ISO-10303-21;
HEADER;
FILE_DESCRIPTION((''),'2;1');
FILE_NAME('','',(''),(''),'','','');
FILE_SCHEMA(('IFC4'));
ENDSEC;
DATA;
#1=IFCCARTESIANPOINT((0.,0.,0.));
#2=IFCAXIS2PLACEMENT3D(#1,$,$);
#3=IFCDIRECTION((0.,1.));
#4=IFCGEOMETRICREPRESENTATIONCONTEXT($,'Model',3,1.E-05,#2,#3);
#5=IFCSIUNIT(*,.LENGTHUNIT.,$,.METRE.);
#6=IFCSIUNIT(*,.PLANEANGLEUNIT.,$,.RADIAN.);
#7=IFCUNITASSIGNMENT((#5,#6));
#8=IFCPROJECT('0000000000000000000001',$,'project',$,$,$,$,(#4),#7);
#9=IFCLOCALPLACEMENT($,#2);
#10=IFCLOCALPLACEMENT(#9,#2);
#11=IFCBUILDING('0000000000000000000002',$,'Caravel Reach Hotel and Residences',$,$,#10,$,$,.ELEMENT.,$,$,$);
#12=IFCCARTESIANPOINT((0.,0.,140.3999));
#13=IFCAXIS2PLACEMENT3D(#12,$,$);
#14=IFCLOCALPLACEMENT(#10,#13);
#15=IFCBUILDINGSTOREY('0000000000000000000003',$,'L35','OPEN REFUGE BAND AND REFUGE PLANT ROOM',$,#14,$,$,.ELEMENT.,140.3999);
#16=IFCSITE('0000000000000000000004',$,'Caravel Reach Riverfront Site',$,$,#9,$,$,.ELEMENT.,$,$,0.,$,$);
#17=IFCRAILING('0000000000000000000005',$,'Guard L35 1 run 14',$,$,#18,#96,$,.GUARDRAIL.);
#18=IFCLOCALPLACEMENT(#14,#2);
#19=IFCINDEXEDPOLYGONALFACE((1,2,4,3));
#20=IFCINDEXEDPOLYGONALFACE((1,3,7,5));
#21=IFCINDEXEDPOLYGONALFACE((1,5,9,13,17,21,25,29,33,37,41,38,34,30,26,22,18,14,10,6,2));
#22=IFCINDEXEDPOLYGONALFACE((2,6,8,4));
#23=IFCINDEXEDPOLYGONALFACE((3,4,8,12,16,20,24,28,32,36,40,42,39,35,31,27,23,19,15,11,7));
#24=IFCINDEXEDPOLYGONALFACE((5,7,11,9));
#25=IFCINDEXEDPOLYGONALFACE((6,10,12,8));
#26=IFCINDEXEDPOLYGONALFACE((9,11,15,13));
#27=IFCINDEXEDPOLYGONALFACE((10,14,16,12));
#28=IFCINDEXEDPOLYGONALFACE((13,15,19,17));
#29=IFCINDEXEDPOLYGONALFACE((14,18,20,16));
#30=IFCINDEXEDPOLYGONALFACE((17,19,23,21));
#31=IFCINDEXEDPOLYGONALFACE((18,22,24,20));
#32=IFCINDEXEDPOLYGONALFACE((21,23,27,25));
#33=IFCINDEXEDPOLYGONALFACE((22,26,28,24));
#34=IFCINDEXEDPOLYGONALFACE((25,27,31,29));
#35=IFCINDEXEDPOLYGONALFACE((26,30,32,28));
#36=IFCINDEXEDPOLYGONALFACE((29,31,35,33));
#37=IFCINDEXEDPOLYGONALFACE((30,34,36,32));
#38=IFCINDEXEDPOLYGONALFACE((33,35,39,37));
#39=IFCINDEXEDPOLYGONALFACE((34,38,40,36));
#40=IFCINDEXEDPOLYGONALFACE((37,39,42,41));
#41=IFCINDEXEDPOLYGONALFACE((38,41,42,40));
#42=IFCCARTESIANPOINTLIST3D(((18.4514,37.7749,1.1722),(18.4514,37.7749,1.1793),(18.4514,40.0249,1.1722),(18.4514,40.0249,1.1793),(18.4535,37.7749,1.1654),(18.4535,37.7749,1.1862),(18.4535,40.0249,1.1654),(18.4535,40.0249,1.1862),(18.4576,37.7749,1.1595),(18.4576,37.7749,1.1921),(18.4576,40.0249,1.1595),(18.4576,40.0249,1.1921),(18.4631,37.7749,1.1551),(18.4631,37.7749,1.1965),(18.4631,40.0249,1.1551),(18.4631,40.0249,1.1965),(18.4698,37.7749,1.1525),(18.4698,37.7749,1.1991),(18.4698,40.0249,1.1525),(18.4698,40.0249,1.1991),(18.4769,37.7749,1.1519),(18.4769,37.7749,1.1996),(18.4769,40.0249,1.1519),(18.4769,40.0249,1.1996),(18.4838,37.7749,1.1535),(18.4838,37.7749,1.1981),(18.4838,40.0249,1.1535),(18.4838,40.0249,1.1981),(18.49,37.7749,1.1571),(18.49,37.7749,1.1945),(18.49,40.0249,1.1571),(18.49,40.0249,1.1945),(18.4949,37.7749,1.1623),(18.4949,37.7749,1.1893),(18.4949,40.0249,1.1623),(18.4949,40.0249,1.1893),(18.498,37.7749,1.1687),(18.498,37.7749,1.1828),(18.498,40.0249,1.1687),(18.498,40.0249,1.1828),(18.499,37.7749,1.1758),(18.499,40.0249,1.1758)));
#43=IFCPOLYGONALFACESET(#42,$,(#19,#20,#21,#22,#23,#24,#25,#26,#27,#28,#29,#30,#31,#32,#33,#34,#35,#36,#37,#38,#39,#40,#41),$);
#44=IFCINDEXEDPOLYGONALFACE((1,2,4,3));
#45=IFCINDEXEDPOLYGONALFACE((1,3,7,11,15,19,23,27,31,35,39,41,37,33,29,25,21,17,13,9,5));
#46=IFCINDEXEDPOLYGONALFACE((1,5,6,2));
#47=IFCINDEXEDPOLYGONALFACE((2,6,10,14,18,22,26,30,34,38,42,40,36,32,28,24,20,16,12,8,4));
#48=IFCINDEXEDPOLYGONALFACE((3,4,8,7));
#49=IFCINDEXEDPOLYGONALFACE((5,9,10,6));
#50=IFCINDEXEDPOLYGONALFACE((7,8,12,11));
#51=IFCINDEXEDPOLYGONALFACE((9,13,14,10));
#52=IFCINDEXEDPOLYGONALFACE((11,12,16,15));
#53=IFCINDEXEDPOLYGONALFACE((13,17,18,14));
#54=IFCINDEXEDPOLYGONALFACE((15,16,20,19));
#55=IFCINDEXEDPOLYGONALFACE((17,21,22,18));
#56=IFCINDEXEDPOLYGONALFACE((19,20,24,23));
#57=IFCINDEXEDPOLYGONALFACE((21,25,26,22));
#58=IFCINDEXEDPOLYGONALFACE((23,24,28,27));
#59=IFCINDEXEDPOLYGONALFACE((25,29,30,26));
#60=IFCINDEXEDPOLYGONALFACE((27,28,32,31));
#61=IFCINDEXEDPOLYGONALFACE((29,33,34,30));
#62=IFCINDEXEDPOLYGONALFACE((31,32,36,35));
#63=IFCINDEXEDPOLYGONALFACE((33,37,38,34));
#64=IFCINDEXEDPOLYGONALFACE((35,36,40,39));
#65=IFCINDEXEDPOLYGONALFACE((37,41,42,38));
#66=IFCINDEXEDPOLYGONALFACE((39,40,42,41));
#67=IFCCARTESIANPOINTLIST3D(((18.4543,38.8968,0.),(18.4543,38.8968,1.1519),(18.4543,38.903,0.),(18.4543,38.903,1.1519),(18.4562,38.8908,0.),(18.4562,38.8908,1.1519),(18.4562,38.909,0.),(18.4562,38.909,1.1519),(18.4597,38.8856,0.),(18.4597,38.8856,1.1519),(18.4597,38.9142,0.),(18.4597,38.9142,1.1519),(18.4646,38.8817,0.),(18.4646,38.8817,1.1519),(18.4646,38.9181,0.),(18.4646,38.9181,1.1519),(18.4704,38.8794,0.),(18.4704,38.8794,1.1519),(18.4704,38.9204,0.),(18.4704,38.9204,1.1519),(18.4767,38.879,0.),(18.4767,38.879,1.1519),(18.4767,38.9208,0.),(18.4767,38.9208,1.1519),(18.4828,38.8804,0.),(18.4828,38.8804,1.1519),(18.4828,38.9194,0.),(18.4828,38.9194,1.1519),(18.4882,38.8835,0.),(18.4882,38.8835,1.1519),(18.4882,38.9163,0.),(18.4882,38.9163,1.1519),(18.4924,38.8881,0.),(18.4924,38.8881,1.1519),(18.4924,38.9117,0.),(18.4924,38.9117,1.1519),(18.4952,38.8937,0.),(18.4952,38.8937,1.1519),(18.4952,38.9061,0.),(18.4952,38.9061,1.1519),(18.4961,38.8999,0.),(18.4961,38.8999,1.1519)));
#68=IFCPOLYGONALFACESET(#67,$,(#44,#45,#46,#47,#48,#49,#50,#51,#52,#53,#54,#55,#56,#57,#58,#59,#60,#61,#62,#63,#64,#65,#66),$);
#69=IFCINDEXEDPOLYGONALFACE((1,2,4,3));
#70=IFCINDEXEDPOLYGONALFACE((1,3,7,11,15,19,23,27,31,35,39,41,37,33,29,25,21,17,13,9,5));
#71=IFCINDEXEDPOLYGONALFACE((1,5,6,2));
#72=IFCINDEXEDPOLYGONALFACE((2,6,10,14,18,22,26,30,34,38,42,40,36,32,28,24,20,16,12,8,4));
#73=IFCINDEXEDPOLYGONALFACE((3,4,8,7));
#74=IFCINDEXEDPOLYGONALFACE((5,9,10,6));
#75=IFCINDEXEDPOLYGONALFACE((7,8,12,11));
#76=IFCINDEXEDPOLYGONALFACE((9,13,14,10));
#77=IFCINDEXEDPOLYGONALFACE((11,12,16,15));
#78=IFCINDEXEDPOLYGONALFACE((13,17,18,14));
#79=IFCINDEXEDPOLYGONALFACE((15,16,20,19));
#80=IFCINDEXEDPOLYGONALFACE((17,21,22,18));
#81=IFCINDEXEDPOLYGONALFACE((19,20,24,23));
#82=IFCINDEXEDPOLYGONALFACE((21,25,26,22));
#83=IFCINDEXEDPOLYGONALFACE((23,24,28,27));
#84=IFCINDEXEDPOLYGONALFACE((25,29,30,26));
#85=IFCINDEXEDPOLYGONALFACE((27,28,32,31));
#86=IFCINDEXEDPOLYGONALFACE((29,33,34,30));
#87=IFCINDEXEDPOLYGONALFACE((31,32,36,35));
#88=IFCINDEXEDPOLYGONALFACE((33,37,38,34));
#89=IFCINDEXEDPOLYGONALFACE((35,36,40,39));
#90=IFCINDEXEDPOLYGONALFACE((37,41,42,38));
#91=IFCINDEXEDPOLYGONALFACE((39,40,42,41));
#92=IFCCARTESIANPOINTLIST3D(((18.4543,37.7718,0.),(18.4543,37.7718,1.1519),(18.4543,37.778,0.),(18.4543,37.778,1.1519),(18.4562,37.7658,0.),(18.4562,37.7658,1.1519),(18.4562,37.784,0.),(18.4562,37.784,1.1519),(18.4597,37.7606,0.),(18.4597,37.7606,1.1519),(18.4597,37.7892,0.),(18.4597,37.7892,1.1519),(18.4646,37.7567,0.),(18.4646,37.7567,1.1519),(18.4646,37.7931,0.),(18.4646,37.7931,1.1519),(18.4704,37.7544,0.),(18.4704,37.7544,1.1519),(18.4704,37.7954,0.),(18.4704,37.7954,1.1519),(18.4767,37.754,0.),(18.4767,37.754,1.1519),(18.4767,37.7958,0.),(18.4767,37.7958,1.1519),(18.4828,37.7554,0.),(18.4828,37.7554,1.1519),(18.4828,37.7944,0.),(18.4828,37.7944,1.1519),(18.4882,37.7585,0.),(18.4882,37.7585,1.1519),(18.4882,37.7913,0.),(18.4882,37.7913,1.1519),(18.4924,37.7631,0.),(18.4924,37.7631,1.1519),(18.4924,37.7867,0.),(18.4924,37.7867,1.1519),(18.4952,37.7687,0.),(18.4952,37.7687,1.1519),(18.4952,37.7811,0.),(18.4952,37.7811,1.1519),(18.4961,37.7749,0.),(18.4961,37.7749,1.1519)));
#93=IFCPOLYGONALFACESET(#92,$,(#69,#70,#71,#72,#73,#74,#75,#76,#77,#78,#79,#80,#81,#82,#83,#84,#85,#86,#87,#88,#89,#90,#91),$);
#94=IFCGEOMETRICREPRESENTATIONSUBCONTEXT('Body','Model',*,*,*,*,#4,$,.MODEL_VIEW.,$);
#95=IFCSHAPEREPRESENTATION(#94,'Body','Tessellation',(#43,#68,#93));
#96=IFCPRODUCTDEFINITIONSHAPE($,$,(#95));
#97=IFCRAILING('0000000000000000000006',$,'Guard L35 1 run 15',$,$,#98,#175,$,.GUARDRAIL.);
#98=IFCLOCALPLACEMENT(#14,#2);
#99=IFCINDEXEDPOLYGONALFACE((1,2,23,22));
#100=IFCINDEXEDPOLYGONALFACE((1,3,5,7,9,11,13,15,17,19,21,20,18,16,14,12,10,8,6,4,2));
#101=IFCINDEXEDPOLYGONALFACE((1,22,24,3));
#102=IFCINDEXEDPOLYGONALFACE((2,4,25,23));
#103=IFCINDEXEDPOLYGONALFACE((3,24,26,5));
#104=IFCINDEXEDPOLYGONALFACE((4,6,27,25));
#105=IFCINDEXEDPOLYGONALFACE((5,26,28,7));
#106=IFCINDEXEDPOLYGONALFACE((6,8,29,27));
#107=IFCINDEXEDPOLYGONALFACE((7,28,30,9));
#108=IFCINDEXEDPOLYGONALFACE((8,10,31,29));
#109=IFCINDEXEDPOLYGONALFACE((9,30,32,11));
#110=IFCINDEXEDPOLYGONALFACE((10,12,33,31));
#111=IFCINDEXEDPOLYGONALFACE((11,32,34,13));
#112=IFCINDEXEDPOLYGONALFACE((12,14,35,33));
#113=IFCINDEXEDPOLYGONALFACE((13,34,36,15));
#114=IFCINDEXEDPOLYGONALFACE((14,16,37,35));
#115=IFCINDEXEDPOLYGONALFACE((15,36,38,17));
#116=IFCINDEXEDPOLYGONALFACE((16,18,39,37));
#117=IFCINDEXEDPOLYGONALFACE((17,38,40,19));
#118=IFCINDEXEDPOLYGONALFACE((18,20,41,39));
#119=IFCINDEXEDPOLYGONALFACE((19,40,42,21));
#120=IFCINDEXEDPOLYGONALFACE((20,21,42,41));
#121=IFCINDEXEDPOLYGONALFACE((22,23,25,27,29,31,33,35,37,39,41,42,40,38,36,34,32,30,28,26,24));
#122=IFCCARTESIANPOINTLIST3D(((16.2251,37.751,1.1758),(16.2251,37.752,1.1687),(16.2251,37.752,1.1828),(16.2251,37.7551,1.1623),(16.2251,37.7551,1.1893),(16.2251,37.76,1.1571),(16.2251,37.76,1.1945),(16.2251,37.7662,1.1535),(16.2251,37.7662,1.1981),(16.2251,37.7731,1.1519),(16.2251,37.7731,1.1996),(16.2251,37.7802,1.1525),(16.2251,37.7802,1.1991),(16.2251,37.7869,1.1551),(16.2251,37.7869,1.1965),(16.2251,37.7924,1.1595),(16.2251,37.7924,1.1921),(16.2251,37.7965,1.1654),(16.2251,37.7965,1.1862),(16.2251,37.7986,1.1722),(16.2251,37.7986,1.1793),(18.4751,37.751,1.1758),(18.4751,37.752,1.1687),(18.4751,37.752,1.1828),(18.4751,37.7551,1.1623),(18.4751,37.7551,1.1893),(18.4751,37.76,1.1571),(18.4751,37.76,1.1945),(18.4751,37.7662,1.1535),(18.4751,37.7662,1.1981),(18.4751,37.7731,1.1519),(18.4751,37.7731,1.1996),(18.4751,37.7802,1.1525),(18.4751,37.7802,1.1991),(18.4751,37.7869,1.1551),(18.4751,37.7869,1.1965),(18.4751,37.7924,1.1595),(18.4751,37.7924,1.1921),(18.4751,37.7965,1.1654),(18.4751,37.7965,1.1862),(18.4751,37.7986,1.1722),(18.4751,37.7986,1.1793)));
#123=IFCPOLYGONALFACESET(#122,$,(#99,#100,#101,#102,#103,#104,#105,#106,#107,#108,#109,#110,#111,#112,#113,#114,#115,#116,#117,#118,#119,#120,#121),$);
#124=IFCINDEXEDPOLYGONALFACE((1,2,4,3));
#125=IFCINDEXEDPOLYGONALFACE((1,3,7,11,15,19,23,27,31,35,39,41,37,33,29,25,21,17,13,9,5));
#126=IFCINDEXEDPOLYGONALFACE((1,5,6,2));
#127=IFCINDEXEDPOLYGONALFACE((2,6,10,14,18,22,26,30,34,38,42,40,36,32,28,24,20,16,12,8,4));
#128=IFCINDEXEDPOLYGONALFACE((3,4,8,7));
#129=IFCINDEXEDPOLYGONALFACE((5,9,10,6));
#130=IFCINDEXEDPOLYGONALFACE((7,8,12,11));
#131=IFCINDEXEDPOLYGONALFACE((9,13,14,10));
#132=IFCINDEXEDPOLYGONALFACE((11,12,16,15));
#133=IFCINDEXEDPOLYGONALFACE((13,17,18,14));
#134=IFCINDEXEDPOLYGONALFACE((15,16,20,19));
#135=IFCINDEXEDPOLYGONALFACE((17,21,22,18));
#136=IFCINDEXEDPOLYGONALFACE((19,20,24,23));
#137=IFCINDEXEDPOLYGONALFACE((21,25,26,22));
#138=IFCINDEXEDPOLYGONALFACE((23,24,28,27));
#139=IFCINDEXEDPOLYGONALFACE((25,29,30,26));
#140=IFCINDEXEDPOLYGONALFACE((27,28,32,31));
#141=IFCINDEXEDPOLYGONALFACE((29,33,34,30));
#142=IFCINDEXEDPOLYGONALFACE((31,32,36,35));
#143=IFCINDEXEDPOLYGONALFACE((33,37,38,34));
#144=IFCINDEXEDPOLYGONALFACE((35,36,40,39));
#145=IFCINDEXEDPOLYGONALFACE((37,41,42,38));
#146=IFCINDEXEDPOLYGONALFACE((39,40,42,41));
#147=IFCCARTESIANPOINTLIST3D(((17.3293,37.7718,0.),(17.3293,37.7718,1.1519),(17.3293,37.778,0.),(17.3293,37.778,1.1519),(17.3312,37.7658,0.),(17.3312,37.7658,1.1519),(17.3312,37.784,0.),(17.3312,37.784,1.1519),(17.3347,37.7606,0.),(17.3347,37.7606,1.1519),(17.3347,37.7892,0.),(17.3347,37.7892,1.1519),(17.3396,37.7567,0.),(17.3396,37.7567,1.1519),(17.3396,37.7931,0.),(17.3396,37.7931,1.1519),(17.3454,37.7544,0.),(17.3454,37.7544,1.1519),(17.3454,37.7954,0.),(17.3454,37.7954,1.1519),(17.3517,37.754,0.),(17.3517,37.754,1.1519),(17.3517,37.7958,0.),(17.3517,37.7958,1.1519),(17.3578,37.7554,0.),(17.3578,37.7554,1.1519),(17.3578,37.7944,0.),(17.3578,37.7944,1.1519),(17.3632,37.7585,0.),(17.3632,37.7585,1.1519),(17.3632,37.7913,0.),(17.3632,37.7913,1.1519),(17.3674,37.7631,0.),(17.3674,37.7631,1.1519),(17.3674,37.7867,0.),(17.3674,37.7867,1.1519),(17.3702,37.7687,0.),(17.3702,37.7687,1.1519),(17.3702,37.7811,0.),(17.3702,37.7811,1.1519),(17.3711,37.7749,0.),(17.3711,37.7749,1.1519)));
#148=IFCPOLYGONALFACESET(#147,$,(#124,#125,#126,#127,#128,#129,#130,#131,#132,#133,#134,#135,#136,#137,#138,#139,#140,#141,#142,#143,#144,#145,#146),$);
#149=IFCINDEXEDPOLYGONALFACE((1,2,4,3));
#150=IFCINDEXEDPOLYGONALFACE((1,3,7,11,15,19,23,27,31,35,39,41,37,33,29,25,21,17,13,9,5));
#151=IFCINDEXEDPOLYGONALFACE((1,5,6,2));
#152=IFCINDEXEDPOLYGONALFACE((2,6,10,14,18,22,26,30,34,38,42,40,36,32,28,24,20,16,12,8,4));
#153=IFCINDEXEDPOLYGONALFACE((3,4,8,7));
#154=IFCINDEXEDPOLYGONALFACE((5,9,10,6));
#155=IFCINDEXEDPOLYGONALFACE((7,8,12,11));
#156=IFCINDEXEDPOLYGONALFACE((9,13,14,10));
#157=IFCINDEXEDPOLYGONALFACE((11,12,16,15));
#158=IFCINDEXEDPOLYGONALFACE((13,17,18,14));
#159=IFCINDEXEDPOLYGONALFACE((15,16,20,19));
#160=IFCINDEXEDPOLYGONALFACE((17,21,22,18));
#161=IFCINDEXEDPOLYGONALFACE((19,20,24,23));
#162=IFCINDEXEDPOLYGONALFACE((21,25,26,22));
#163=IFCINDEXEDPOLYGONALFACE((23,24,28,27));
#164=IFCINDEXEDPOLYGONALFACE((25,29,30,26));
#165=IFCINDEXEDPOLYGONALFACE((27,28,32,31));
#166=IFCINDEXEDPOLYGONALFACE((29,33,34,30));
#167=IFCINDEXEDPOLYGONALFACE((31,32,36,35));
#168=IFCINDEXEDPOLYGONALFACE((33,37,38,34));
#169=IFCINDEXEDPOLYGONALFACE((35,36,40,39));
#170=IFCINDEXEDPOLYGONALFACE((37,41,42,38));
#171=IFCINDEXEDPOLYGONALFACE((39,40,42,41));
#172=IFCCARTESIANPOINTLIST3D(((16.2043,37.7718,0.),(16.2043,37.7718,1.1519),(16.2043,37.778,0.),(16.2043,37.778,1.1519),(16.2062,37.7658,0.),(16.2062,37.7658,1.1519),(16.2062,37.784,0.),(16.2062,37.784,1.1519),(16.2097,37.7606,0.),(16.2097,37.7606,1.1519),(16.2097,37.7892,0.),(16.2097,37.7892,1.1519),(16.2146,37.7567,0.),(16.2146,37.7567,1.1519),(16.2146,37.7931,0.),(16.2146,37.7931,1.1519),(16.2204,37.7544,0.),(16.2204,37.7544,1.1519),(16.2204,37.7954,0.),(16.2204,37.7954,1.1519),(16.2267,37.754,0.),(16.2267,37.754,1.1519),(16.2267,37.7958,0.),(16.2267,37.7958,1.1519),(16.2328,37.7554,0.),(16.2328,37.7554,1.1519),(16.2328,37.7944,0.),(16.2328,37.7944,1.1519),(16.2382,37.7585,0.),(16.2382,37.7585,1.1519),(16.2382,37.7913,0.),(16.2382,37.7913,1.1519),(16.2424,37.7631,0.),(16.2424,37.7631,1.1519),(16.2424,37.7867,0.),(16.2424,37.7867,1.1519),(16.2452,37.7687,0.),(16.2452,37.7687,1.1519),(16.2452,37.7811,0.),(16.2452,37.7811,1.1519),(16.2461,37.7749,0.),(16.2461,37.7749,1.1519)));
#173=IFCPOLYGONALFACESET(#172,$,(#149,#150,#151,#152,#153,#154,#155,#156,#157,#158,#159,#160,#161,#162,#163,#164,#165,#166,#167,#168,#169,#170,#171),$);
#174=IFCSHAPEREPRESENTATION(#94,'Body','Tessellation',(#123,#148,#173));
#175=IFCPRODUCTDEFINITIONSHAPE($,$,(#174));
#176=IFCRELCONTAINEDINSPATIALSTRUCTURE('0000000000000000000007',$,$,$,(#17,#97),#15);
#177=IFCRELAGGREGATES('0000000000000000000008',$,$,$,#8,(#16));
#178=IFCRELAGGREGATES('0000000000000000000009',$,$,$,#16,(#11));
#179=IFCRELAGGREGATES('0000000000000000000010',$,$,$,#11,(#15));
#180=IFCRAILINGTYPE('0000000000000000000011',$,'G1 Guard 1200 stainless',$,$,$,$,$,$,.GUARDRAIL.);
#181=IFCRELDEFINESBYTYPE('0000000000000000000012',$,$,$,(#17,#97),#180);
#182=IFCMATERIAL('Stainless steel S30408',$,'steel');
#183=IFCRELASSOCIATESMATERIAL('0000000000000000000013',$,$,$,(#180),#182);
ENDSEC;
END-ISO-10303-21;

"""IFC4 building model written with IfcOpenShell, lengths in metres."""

from ifc_helpers import new_model, si_unit, direction, frame, origin, origin_2d, place, context, subcontext, project, spatial, circle, extrude, material, type_object, element, save


model = new_model("IFC4")

# Units and contexts
model_context = context("Model", 3, precision=1e-05, world=origin(), true_north=direction((0.0, 1.0)))
body_context = subcontext(model_context, "Body", "Model", "MODEL_VIEW")
ifc_project = project(units=[si_unit("LENGTHUNIT", "METRE"), si_unit("PLANEANGLEUNIT", "RADIAN")], contexts=[model_context])

# Site, building, storey
site_placement = place(None, origin())
site = spatial("IfcSite", under=ifc_project, at=site_placement, Name="Caravel Reach Riverfront Site", CompositionType="ELEMENT", RefElevation=0.0)
building_placement = place(site_placement, origin())
building = spatial("IfcBuilding", under=site, at=building_placement, Name="Caravel Reach Hotel and Residences", CompositionType="ELEMENT")
storey_placement = place(building_placement, frame((0.0, 0.0, 140.3999)))
storey = spatial("IfcBuildingStorey", under=building, at=storey_placement, Name="L35", Description="OPEN REFUGE BAND AND REFUGE PLANT ROOM", CompositionType="ELEMENT", Elevation=140.3999)

# Railings
ifc_material_1 = material(Name="Stainless steel S30408", Category="steel")
railing_type = type_object("IfcRailingType", Name="G1 Guard 1200 stainless", PredefinedType="GUARDRAIL", material=ifc_material_1)
railing_1_placement = place(storey_placement, frame((18.4751, 40.0249, 0.0)))
element("IfcRailing", 1, at=railing_1_placement, inside=storey, type_object=railing_type, Name="Guard L35 1 run 14", PredefinedType="GUARDRAIL", context=body_context, shape_type="SweptSolid", body=[
    extrude(circle(Radius=0.0239, at=origin_2d()), frame((0.0, 0.0, 1.1758), z_axis=(0.0, -1.0, 0.0), x_axis=(1.0, 0.0, 0.0)), (0.0, 0.0, 1.0), 2.25),
    extrude(circle(Radius=0.021, at=origin_2d()), frame((0.0, -1.125, 0.0)), (0.0, 0.0, 1.0), 1.1519),
    extrude(circle(Radius=0.021, at=origin_2d()), frame((0.0, -2.25, 0.0)), (0.0, 0.0, 1.0), 1.1519),
])
railing_2_placement = place(storey_placement, frame((18.4751, 37.7749, 0.0)))
element("IfcRailing", 2, at=railing_2_placement, inside=storey, type_object=railing_type, Name="Guard L35 1 run 15", PredefinedType="GUARDRAIL", context=body_context, shape_type="SweptSolid", body=[
    extrude(circle(Radius=0.0239, at=origin_2d()), frame((0.0, 0.0, 1.1758), z_axis=(-1.0, 0.0, 0.0), x_axis=(0.0, -1.0, 0.0)), (0.0, 0.0, 1.0), 2.25),
    extrude(circle(Radius=0.021, at=origin_2d()), frame((-1.125, 0.0, 0.0)), (0.0, 0.0, 1.0), 1.1519),
    extrude(circle(Radius=0.021, at=origin_2d()), frame((-2.25, 0.0, 0.0)), (0.0, 0.0, 1.0), 1.1519),
])

save(model, "model.ifc")
